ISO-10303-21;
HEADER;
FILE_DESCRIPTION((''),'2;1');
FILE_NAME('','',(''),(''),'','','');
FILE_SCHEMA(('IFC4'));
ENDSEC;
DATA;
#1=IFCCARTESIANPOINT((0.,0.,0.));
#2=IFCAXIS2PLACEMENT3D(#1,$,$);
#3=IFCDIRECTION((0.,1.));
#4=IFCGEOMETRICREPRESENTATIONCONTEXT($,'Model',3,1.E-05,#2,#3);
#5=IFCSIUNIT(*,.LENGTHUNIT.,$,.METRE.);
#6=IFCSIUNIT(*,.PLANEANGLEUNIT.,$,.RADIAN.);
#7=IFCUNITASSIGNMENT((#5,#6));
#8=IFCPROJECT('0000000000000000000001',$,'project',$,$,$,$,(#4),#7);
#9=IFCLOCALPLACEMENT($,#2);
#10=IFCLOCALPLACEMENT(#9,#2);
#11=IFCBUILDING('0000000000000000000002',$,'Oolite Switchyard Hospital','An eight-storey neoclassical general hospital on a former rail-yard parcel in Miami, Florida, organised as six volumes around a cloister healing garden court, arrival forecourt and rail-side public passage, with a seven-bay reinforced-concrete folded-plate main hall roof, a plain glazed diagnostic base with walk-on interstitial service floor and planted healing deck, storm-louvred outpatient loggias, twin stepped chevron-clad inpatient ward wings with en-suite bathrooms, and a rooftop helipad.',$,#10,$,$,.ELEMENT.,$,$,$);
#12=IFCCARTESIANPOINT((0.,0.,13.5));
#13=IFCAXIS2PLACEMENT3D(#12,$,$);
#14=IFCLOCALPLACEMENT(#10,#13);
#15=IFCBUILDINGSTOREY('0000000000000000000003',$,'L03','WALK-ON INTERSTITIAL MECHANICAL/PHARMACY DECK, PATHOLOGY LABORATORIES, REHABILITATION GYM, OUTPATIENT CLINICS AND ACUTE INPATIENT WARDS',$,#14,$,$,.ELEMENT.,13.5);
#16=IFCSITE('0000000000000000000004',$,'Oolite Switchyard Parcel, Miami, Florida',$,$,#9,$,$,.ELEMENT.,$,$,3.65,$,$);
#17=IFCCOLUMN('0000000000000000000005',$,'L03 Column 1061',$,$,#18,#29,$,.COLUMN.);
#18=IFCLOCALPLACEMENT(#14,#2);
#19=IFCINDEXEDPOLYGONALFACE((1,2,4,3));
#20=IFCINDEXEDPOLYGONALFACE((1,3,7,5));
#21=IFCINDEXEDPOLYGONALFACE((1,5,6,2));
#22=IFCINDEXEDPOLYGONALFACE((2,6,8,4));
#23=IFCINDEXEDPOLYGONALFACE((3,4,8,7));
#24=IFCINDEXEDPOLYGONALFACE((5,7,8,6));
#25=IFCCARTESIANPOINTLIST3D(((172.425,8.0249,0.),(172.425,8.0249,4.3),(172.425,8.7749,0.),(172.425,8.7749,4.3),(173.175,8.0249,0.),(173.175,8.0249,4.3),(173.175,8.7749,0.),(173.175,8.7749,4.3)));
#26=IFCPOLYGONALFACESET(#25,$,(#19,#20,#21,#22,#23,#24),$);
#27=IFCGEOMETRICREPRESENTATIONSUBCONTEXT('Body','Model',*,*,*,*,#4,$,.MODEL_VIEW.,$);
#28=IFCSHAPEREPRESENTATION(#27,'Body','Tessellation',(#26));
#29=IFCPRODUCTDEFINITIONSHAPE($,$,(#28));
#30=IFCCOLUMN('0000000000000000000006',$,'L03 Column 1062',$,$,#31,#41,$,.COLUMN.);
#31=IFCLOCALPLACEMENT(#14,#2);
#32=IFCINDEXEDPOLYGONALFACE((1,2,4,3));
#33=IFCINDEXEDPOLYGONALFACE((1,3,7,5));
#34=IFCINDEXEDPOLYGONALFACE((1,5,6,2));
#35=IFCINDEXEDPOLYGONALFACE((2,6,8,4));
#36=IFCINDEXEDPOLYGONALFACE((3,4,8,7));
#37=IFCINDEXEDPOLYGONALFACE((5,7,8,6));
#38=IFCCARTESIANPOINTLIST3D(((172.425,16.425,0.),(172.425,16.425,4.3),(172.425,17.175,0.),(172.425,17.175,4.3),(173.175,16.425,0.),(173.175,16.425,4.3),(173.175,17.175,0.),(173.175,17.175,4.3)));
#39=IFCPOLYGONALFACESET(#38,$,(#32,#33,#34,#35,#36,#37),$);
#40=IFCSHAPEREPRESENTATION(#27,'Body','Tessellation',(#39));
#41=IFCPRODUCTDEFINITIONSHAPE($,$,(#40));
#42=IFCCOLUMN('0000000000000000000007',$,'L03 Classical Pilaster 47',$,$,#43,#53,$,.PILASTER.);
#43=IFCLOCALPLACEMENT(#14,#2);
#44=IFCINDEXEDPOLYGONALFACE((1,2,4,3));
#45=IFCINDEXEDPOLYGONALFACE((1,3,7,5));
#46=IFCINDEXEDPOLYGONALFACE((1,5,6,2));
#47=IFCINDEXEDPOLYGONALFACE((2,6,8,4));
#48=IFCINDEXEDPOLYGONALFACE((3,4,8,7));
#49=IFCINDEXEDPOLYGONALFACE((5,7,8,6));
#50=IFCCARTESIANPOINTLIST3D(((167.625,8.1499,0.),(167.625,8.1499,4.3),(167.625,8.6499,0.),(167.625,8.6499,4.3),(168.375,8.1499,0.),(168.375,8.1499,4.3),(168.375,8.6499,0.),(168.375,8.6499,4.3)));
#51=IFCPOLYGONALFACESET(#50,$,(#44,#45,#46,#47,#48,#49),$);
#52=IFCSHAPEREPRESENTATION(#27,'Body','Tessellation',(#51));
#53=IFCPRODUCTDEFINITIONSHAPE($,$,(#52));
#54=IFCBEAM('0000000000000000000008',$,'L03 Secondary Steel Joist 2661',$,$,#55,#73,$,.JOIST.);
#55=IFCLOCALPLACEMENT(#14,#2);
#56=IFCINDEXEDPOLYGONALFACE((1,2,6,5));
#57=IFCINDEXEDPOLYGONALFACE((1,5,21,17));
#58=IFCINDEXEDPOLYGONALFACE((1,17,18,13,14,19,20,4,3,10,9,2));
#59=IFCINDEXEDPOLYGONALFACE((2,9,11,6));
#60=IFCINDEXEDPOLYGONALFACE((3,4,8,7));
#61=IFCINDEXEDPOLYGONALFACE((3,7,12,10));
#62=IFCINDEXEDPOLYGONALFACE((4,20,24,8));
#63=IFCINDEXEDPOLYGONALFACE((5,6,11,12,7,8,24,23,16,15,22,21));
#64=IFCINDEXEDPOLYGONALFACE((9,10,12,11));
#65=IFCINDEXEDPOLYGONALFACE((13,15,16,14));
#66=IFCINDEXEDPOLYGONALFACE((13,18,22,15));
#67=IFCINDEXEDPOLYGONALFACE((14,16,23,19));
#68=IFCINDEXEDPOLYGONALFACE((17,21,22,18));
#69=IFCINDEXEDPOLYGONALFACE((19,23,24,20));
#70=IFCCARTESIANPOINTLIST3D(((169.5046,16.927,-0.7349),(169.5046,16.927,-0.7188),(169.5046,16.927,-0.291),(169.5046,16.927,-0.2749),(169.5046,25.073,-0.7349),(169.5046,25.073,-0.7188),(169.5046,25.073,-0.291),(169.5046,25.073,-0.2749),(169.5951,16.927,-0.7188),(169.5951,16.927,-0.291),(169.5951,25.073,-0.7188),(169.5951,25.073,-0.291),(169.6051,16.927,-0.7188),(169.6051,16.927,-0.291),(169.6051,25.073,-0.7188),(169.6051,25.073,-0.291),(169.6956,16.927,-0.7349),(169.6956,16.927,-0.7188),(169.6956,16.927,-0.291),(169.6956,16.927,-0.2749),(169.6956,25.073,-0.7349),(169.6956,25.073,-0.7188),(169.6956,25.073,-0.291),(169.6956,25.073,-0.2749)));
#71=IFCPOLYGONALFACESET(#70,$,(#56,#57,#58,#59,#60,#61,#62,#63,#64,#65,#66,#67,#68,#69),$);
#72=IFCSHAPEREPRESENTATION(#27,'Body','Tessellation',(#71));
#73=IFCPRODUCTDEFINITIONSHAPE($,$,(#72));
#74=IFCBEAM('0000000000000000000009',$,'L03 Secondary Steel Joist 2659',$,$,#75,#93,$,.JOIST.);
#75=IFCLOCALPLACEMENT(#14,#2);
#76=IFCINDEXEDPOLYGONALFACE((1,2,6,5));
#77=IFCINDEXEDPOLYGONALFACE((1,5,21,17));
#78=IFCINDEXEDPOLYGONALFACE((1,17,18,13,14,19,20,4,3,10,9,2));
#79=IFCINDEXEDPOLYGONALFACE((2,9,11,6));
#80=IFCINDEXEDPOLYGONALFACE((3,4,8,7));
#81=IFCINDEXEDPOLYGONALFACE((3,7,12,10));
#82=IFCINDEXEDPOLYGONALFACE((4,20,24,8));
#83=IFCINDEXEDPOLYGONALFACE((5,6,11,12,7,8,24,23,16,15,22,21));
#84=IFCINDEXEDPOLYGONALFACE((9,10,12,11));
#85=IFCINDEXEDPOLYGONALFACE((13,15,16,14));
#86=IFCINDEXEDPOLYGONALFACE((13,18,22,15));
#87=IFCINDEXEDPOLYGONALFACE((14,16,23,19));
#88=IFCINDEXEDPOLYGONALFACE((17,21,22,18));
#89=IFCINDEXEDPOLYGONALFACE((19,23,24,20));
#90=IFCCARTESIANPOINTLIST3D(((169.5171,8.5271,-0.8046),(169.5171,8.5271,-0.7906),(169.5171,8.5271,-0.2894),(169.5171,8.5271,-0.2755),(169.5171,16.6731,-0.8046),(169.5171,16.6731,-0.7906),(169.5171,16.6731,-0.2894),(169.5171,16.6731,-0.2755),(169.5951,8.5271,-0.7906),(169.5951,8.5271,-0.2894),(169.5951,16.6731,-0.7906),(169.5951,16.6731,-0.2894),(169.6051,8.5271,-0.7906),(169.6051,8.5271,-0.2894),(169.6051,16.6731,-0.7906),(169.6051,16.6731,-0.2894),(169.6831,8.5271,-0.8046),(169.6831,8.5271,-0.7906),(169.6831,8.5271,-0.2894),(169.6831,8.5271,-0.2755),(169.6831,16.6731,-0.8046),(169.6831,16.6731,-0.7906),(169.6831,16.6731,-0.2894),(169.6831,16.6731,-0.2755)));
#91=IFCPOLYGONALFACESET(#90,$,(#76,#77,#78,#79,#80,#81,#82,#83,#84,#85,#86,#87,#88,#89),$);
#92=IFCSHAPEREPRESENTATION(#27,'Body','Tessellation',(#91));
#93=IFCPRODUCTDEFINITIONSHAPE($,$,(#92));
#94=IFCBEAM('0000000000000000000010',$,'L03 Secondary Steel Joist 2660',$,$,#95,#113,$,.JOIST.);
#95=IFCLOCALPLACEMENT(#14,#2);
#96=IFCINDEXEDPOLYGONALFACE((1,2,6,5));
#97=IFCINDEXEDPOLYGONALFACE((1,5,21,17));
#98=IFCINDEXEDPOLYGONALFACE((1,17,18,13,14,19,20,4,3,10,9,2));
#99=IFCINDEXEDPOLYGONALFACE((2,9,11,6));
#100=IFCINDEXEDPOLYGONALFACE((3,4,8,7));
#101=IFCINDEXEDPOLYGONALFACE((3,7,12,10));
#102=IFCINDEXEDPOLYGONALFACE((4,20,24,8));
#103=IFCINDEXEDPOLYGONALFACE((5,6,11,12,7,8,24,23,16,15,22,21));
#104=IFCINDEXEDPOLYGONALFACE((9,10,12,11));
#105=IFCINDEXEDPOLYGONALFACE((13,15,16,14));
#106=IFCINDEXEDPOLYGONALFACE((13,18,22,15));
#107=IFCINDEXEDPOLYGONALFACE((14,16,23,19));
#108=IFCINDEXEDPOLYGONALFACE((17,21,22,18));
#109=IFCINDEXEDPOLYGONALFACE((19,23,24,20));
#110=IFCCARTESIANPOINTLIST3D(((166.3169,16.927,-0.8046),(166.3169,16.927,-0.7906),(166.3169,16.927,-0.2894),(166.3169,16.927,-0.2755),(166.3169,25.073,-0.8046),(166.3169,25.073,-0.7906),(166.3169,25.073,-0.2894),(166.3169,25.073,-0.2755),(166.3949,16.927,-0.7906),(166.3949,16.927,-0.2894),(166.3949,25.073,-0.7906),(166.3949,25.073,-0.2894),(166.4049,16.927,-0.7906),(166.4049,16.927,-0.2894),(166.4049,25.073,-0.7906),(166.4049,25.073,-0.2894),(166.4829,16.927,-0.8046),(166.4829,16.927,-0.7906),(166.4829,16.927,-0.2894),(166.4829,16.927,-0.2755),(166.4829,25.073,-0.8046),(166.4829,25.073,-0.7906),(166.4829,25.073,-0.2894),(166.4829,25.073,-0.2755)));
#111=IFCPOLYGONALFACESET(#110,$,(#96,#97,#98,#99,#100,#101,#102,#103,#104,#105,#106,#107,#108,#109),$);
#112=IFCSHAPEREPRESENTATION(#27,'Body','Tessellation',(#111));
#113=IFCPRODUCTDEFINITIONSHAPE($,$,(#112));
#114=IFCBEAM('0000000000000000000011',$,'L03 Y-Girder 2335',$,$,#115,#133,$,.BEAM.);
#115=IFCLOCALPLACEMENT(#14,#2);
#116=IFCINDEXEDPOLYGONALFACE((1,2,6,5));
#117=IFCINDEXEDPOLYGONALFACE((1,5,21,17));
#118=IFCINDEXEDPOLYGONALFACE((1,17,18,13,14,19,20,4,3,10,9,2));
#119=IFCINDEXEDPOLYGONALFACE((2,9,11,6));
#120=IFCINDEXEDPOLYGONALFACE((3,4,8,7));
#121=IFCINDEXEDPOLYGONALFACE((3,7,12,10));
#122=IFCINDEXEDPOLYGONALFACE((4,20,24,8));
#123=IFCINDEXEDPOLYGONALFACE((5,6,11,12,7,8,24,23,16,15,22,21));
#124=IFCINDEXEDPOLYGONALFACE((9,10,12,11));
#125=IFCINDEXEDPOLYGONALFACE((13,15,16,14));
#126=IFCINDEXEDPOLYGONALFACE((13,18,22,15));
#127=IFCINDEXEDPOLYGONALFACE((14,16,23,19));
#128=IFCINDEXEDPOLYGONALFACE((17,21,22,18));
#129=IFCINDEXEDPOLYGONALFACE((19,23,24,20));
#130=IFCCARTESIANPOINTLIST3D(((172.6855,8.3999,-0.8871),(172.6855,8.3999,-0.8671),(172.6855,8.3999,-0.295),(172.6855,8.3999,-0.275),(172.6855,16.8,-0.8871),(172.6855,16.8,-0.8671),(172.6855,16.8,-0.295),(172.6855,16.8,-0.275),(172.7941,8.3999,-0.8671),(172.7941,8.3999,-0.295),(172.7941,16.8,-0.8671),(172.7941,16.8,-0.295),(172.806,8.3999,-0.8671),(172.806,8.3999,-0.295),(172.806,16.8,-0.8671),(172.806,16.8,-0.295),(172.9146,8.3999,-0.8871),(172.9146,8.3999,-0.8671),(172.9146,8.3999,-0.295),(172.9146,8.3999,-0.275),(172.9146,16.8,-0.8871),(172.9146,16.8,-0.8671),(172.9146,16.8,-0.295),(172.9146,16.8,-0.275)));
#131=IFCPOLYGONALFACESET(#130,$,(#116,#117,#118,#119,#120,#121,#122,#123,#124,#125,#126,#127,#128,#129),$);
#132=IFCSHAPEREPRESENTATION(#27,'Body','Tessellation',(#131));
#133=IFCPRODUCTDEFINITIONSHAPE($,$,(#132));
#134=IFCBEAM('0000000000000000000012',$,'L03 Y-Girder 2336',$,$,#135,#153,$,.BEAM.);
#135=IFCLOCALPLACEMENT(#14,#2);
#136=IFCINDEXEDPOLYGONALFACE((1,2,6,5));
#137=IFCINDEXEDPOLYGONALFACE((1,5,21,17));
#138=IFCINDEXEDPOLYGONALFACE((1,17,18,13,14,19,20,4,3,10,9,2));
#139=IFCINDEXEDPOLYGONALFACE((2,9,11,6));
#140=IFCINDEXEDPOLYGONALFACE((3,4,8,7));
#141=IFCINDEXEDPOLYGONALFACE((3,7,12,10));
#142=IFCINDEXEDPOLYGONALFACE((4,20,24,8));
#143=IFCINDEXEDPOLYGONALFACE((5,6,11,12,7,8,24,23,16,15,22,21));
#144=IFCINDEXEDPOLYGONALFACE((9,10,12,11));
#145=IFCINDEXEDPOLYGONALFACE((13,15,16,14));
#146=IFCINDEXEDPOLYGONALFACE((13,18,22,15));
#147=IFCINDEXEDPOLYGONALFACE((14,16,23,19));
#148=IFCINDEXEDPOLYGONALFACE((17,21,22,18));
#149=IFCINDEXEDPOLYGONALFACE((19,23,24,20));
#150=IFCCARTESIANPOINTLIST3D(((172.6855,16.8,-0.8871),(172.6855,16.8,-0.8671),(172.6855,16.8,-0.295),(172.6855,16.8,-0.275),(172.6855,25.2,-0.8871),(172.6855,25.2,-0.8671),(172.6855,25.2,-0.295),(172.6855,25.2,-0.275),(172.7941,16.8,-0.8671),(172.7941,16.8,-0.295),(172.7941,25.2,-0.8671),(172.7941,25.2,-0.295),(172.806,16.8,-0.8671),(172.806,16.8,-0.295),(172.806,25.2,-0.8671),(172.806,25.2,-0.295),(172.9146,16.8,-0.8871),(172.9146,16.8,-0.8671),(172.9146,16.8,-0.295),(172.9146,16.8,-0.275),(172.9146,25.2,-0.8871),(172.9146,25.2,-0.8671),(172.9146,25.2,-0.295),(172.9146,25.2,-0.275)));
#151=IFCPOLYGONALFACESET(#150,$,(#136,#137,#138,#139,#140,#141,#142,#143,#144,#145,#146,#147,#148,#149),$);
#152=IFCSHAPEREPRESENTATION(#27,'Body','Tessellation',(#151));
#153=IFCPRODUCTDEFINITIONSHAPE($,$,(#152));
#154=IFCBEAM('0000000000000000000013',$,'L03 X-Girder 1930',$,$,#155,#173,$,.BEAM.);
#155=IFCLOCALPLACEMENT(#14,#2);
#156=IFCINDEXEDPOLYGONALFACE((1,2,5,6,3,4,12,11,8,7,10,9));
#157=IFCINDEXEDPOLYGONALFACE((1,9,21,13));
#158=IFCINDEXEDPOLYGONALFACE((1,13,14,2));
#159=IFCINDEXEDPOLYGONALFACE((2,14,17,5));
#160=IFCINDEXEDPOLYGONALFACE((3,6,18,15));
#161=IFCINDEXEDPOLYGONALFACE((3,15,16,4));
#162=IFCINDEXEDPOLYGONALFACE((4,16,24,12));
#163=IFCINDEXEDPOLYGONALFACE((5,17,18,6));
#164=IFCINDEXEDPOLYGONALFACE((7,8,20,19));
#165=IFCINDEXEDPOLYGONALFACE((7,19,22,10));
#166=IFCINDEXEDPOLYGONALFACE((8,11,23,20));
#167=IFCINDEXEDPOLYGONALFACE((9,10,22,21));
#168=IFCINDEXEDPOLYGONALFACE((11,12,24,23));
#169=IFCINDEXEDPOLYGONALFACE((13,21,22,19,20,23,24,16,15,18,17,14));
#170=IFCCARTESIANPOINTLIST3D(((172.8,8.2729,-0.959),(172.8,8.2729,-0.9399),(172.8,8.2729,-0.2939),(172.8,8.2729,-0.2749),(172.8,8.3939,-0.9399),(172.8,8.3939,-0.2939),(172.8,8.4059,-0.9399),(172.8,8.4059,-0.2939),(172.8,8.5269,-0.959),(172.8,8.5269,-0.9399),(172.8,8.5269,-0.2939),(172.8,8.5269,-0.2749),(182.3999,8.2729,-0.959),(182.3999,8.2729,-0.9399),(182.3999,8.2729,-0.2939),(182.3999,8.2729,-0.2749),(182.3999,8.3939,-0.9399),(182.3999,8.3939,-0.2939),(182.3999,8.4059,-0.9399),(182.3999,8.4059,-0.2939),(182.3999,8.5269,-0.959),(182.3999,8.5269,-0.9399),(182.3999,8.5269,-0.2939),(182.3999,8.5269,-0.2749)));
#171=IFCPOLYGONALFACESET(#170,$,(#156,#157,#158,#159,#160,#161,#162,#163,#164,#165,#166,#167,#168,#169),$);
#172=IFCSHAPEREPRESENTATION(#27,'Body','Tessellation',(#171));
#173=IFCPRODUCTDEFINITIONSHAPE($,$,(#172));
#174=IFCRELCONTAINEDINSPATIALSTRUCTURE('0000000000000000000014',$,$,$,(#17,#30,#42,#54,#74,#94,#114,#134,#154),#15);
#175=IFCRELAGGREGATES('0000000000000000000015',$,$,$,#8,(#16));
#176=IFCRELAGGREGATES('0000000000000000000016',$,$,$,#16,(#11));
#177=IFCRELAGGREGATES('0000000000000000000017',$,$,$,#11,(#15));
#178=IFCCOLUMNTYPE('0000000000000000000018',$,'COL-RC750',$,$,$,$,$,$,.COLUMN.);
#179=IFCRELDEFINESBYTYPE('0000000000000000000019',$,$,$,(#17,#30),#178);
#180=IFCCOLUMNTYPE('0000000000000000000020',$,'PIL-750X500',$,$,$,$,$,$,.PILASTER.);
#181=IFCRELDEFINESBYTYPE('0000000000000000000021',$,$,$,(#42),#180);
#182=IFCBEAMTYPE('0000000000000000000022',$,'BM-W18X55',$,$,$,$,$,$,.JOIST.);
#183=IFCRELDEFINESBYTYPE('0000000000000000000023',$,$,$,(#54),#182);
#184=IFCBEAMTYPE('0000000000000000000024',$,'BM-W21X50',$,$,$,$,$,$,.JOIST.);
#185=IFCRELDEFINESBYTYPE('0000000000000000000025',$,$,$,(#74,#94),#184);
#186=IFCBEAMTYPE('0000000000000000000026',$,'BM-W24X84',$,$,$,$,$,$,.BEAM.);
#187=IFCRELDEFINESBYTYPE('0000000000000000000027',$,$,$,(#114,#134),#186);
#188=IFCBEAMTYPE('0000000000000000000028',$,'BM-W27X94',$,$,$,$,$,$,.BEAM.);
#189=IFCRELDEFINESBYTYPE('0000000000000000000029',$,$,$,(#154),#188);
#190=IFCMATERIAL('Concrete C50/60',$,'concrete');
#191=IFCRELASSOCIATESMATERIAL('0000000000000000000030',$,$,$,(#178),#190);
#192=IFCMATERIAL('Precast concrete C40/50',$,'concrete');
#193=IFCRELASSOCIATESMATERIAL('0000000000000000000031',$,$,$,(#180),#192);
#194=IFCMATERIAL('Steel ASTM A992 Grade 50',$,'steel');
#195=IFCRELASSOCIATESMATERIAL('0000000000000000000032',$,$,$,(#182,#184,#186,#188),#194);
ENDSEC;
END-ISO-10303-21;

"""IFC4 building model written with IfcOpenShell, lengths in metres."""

from ifc_helpers import new_model, si_unit, direction, frame, origin, origin_2d, place, context, subcontext, project, spatial, rectangle, i_section, extrude, material, material_profile, profile_set, type_object, element, save


model = new_model("IFC4")

# Units and contexts
model_context = context("Model", 3, precision=1e-05, world=origin(), true_north=direction((0.0, 1.0)))
body_context = subcontext(model_context, "Body", "Model", "MODEL_VIEW")
ifc_project = project(units=[si_unit("LENGTHUNIT", "METRE"), si_unit("PLANEANGLEUNIT", "RADIAN")], contexts=[model_context])

# Site, building, storey
site_placement = place(None, origin())
site = spatial("IfcSite", under=ifc_project, at=site_placement, Name="Oolite Switchyard Parcel, Miami, Florida", CompositionType="ELEMENT", RefElevation=3.65)
building_placement = place(site_placement, origin())
building = spatial("IfcBuilding", under=site, at=building_placement, Name="Oolite Switchyard Hospital", Description="An eight-storey neoclassical general hospital on a former rail-yard parcel in Miami, Florida, organised as six volumes around a cloister healing garden court, arrival forecourt and rail-side public passage, with a seven-bay reinforced-concrete folded-plate main hall roof, a plain glazed diagnostic base with walk-on interstitial service floor and planted healing deck, storm-louvred outpatient loggias, twin stepped chevron-clad inpatient ward wings with en-suite bathrooms, and a rooftop helipad.", CompositionType="ELEMENT")
storey_placement = place(building_placement, frame((0.0, 0.0, 13.5)))
storey = spatial("IfcBuildingStorey", under=building, at=storey_placement, Name="L03", Description="WALK-ON INTERSTITIAL MECHANICAL/PHARMACY DECK, PATHOLOGY LABORATORIES, REHABILITATION GYM, OUTPATIENT CLINICS AND ACUTE INPATIENT WARDS", CompositionType="ELEMENT", Elevation=13.5)

# Columns
ifc_material_1 = material(Name="Concrete C50/60", Category="concrete")
ifc_material_profile_1 = material_profile(ifc_material_1, rectangle(XDim=0.75, YDim=0.75, at=origin_2d()), Name="RC750X750")
ifc_profile_set_1 = profile_set([ifc_material_profile_1], Name="Concrete C50/60")
column_type_1 = type_object("IfcColumnType", Name="COL-RC750", PredefinedType="COLUMN", material=ifc_profile_set_1)
for number, where, z_axis, x_axis, name in (
    (1, (172.8, 8.3999, 0.0), (0.0, 0.0, 1.0), (1.0, 0.0, 0.0), "L03 Column 1061"),
    (2, (172.8, 16.8, 0.0), (0.0, 0.0, 1.0), (1.0, 0.0, 0.0), "L03 Column 1062"),
):
    element("IfcColumn", number, at=place(storey_placement, frame(where, z_axis=z_axis, x_axis=x_axis)), inside=storey, type_object=column_type_1, Name=name, PredefinedType="COLUMN", context=body_context, shape_type="SweptSolid", body=[
        extrude(rectangle(XDim=0.75, YDim=0.75, at=origin_2d()), origin(), (0.0, 0.0, 1.0), 4.3),
    ])
ifc_material_2 = material(Name="Precast concrete C40/50", Category="concrete")
ifc_material_profile_2 = material_profile(ifc_material_2, rectangle(XDim=0.75, YDim=0.5, at=origin_2d()), Name="PIL750X500")
ifc_profile_set_2 = profile_set([ifc_material_profile_2], Name="Precast concrete C40/50")
column_type_2 = type_object("IfcColumnType", Name="PIL-750X500", PredefinedType="PILASTER", material=ifc_profile_set_2)
column_placement = place(storey_placement, frame((168.0, 8.3999, 0.0), z_axis=(0.0, 0.0, 1.0), x_axis=(1.0, 0.0, 0.0)))
element("IfcColumn", 3, at=column_placement, inside=storey, type_object=column_type_2, Name="L03 Classical Pilaster 47", PredefinedType="PILASTER", context=body_context, shape_type="SweptSolid", body=[
    extrude(rectangle(XDim=0.75, YDim=0.5, at=origin_2d()), origin(), (0.0, 0.0, 1.0), 4.3),
])

# Beams
ifc_material_3 = material(Name="Steel ASTM A992 Grade 50", Category="steel")
ifc_material_profile_3 = material_profile(ifc_material_3, i_section(OverallWidth=0.1909, OverallDepth=0.46, WebThickness=0.01, FlangeThickness=0.0161, at=origin_2d()), Name="W18X55")
ifc_profile_set_3 = profile_set([ifc_material_profile_3], Name="Steel ASTM A992 Grade 50")
beam_type_1 = type_object("IfcBeamType", Name="BM-W18X55", PredefinedType="JOIST", material=ifc_profile_set_3)
beam_1_placement = place(storey_placement, frame((169.6001, 16.927, -0.5049), z_axis=(0.0, 1.0, 0.0), x_axis=(-1.0, 0.0, 0.0)))
element("IfcBeam", 4, at=beam_1_placement, inside=storey, type_object=beam_type_1, Name="L03 Secondary Steel Joist 2661", PredefinedType="JOIST", context=body_context, shape_type="SweptSolid", body=[
    extrude(i_section(OverallWidth=0.1909, OverallDepth=0.46, WebThickness=0.01, FlangeThickness=0.0161, at=origin_2d()), origin(), (0.0, 0.0, 1.0), 8.146),
])
ifc_material_profile_4 = material_profile(ifc_material_3, i_section(OverallWidth=0.166, OverallDepth=0.5291, WebThickness=0.01, FlangeThickness=0.0139, at=origin_2d()), Name="W21X50")
ifc_profile_set_4 = profile_set([ifc_material_profile_4], Name="Steel ASTM A992 Grade 50")
beam_type_2 = type_object("IfcBeamType", Name="BM-W21X50", PredefinedType="JOIST", material=ifc_profile_set_4)
for number, where, z_axis, x_axis, name in (
    (5, (169.6001, 8.5271, -0.54), (0.0, 1.0, 0.0), (-1.0, 0.0, 0.0), "L03 Secondary Steel Joist 2659"),
    (6, (166.3999, 16.927, -0.54), (0.0, 1.0, 0.0), (-1.0, 0.0, 0.0), "L03 Secondary Steel Joist 2660"),
):
    element("IfcBeam", number, at=place(storey_placement, frame(where, z_axis=z_axis, x_axis=x_axis)), inside=storey, type_object=beam_type_2, Name=name, PredefinedType="JOIST", context=body_context, shape_type="SweptSolid", body=[
        extrude(i_section(OverallWidth=0.166, OverallDepth=0.5291, WebThickness=0.01, FlangeThickness=0.0139, at=origin_2d()), origin(), (0.0, 0.0, 1.0), 8.146),
    ])
ifc_material_profile_5 = material_profile(ifc_material_3, i_section(OverallWidth=0.229, OverallDepth=0.6121, WebThickness=0.012, FlangeThickness=0.02, at=origin_2d()), Name="W24X84")
ifc_profile_set_5 = profile_set([ifc_material_profile_5], Name="Steel ASTM A992 Grade 50")
beam_type_3 = type_object("IfcBeamType", Name="BM-W24X84", PredefinedType="BEAM", material=ifc_profile_set_5)
beam_2_placement = place(storey_placement, frame((172.8, 8.3999, -0.5811), z_axis=(0.0, 1.0, 0.0), x_axis=(-1.0, 0.0, 0.0)))
element("IfcBeam", 7, at=beam_2_placement, inside=storey, type_object=beam_type_3, Name="L03 Y-Girder 2335", PredefinedType="BEAM", context=body_context, shape_type="SweptSolid", body=[
    extrude(i_section(OverallWidth=0.229, OverallDepth=0.6121, WebThickness=0.012, FlangeThickness=0.02, at=origin_2d()), origin(), (0.0, 0.0, 1.0), 8.4001),
])
beam_3_placement = place(storey_placement, frame((172.8, 16.8, -0.5811), z_axis=(0.0, 1.0, 0.0), x_axis=(-1.0, 0.0, 0.0)))
element("IfcBeam", 8, at=beam_3_placement, inside=storey, type_object=beam_type_3, Name="L03 Y-Girder 2336", PredefinedType="BEAM", context=body_context, shape_type="SweptSolid", body=[
    extrude(i_section(OverallWidth=0.229, OverallDepth=0.6121, WebThickness=0.012, FlangeThickness=0.02, at=origin_2d()), origin(), (0.0, 0.0, 1.0), 8.3999),
])
ifc_material_profile_6 = material_profile(ifc_material_3, i_section(OverallWidth=0.2539, OverallDepth=0.6841, WebThickness=0.012, FlangeThickness=0.019, at=origin_2d()), Name="W27X94")
ifc_profile_set_6 = profile_set([ifc_material_profile_6], Name="Steel ASTM A992 Grade 50")
beam_type_4 = type_object("IfcBeamType", Name="BM-W27X94", PredefinedType="BEAM", material=ifc_profile_set_6)
for number, where, z_axis, x_axis, name in (
    (9, (172.8, 8.3999, -0.6169), (1.0, 0.0, 0.0), (0.0, 1.0, 0.0), "L03 X-Girder 1930"),
):
    element("IfcBeam", number, at=place(storey_placement, frame(where, z_axis=z_axis, x_axis=x_axis)), inside=storey, type_object=beam_type_4, Name=name, PredefinedType="BEAM", context=body_context, shape_type="SweptSolid", body=[
        extrude(i_section(OverallWidth=0.2539, OverallDepth=0.6841, WebThickness=0.012, FlangeThickness=0.019, at=origin_2d()), origin(), (0.0, 0.0, 1.0), 9.5999),
    ])

save(model, "model.ifc")
